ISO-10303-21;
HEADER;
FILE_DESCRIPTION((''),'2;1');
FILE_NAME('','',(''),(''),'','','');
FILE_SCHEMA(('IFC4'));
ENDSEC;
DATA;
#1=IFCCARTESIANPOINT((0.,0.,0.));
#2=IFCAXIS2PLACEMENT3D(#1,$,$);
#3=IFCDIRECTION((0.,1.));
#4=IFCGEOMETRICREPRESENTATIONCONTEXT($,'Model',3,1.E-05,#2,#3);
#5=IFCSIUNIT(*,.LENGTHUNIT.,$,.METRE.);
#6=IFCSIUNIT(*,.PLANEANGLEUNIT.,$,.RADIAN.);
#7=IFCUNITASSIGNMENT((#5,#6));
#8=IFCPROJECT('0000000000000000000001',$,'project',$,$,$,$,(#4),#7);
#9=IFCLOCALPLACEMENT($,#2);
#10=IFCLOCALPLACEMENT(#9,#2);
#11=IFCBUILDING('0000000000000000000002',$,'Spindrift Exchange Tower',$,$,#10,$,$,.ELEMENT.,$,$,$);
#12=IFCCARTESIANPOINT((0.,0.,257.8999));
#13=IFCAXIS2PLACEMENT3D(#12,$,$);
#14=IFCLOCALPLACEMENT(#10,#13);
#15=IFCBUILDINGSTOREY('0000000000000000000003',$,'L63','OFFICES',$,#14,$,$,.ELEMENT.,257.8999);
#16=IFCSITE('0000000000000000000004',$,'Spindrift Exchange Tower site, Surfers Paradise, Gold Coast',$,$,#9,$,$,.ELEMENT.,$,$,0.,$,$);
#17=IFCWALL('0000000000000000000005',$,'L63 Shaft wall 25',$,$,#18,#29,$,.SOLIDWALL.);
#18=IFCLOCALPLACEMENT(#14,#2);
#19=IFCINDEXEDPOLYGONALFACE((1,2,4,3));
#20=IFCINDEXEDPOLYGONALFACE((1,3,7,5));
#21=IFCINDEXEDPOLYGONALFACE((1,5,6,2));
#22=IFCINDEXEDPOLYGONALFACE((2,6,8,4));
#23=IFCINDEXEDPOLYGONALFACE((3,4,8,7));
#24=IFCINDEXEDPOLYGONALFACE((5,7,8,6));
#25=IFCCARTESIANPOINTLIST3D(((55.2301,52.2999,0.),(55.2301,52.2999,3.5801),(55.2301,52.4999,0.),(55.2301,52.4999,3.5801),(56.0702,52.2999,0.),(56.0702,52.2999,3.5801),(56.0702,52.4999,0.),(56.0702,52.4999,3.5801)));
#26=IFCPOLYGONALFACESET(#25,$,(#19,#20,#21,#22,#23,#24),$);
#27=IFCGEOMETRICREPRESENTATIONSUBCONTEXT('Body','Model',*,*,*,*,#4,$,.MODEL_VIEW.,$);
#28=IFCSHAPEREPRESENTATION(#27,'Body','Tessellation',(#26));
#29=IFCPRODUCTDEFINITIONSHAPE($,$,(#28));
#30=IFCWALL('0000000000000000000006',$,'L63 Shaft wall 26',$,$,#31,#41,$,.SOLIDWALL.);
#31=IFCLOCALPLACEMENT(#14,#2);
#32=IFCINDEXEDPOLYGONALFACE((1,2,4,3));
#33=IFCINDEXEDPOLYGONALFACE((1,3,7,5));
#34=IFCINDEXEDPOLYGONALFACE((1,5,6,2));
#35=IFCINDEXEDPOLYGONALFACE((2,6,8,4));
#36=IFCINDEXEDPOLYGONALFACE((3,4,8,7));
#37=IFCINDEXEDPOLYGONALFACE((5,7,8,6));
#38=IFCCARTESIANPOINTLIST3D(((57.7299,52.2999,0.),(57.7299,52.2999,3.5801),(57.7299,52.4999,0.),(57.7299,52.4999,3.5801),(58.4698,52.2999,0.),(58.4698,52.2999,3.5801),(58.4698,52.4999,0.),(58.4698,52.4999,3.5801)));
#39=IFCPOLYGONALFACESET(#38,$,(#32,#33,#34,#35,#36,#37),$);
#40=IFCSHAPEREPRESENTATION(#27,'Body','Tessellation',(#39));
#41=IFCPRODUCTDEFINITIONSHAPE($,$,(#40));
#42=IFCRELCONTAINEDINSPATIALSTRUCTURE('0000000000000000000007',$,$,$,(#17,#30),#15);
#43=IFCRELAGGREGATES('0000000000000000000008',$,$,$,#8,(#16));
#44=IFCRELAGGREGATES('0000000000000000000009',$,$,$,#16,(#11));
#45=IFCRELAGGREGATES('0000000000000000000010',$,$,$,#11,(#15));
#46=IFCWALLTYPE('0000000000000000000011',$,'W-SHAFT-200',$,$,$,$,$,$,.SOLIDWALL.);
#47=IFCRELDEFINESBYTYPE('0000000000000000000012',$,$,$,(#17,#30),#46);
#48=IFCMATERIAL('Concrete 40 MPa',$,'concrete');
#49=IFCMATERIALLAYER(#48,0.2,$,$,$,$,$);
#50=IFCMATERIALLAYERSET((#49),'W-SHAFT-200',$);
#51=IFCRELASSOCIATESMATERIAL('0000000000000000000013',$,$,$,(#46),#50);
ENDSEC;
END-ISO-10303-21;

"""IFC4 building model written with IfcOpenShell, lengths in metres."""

from ifc_helpers import new_model, si_unit, direction, frame, frame_2d, origin, place, context, subcontext, project, spatial, rectangle, extrude, material, layer, layer_set, type_object, element, save


model = new_model("IFC4")

# Units and contexts
model_context = context("Model", 3, precision=1e-05, world=origin(), true_north=direction((0.0, 1.0)))
body_context = subcontext(model_context, "Body", "Model", "MODEL_VIEW")
ifc_project = project(units=[si_unit("LENGTHUNIT", "METRE"), si_unit("PLANEANGLEUNIT", "RADIAN")], contexts=[model_context])

# Site, building, storey
site_placement = place(None, origin())
site = spatial("IfcSite", under=ifc_project, at=site_placement, Name="Spindrift Exchange Tower site, Surfers Paradise, Gold Coast", CompositionType="ELEMENT", RefElevation=0.0)
building_placement = place(site_placement, origin())
building = spatial("IfcBuilding", under=site, at=building_placement, Name="Spindrift Exchange Tower", CompositionType="ELEMENT")
storey_placement = place(building_placement, frame((0.0, 0.0, 257.8999)))
storey = spatial("IfcBuildingStorey", under=building, at=storey_placement, Name="L63", Description="OFFICES", CompositionType="ELEMENT", Elevation=257.8999)

# Shared definitions
ifc_material_1 = material(Name="Concrete 40 MPa", Category="concrete")
ifc_layer_1 = layer(ifc_material_1, 0.2)
ifc_layer_set_1 = layer_set([ifc_layer_1], Name="W-SHAFT-200")
wall_type_1 = type_object("IfcWallType", Name="W-SHAFT-200", PredefinedType="SOLIDWALL", material=ifc_layer_set_1)

# Walls
wall_1_placement = place(storey_placement, frame((56.0701, 52.3999, 0.0), z_axis=(0.0, 0.0, 1.0), x_axis=(-1.0, 0.0, 0.0)))
element("IfcWall", 1, at=wall_1_placement, inside=storey, type_object=wall_type_1, Name="L63 Shaft wall 25", PredefinedType="SOLIDWALL", context=body_context, shape_type="SweptSolid", body=[
    extrude(rectangle(XDim=0.8401, YDim=0.2, at=frame_2d((0.4199, 0.0))), origin(), (0.0, 0.0, 1.0), 3.5801),
])
wall_2_placement = place(storey_placement, frame((58.47, 52.3999, 0.0), z_axis=(0.0, 0.0, 1.0), x_axis=(-1.0, 0.0, 0.0)))
element("IfcWall", 2, at=wall_2_placement, inside=storey, type_object=wall_type_1, Name="L63 Shaft wall 26", PredefinedType="SOLIDWALL", context=body_context, shape_type="SweptSolid", body=[
    extrude(rectangle(XDim=0.74, YDim=0.2, at=frame_2d((0.3701, 0.0))), origin(), (0.0, 0.0, 1.0), 3.5801),
])

save(model, "model.ifc")
